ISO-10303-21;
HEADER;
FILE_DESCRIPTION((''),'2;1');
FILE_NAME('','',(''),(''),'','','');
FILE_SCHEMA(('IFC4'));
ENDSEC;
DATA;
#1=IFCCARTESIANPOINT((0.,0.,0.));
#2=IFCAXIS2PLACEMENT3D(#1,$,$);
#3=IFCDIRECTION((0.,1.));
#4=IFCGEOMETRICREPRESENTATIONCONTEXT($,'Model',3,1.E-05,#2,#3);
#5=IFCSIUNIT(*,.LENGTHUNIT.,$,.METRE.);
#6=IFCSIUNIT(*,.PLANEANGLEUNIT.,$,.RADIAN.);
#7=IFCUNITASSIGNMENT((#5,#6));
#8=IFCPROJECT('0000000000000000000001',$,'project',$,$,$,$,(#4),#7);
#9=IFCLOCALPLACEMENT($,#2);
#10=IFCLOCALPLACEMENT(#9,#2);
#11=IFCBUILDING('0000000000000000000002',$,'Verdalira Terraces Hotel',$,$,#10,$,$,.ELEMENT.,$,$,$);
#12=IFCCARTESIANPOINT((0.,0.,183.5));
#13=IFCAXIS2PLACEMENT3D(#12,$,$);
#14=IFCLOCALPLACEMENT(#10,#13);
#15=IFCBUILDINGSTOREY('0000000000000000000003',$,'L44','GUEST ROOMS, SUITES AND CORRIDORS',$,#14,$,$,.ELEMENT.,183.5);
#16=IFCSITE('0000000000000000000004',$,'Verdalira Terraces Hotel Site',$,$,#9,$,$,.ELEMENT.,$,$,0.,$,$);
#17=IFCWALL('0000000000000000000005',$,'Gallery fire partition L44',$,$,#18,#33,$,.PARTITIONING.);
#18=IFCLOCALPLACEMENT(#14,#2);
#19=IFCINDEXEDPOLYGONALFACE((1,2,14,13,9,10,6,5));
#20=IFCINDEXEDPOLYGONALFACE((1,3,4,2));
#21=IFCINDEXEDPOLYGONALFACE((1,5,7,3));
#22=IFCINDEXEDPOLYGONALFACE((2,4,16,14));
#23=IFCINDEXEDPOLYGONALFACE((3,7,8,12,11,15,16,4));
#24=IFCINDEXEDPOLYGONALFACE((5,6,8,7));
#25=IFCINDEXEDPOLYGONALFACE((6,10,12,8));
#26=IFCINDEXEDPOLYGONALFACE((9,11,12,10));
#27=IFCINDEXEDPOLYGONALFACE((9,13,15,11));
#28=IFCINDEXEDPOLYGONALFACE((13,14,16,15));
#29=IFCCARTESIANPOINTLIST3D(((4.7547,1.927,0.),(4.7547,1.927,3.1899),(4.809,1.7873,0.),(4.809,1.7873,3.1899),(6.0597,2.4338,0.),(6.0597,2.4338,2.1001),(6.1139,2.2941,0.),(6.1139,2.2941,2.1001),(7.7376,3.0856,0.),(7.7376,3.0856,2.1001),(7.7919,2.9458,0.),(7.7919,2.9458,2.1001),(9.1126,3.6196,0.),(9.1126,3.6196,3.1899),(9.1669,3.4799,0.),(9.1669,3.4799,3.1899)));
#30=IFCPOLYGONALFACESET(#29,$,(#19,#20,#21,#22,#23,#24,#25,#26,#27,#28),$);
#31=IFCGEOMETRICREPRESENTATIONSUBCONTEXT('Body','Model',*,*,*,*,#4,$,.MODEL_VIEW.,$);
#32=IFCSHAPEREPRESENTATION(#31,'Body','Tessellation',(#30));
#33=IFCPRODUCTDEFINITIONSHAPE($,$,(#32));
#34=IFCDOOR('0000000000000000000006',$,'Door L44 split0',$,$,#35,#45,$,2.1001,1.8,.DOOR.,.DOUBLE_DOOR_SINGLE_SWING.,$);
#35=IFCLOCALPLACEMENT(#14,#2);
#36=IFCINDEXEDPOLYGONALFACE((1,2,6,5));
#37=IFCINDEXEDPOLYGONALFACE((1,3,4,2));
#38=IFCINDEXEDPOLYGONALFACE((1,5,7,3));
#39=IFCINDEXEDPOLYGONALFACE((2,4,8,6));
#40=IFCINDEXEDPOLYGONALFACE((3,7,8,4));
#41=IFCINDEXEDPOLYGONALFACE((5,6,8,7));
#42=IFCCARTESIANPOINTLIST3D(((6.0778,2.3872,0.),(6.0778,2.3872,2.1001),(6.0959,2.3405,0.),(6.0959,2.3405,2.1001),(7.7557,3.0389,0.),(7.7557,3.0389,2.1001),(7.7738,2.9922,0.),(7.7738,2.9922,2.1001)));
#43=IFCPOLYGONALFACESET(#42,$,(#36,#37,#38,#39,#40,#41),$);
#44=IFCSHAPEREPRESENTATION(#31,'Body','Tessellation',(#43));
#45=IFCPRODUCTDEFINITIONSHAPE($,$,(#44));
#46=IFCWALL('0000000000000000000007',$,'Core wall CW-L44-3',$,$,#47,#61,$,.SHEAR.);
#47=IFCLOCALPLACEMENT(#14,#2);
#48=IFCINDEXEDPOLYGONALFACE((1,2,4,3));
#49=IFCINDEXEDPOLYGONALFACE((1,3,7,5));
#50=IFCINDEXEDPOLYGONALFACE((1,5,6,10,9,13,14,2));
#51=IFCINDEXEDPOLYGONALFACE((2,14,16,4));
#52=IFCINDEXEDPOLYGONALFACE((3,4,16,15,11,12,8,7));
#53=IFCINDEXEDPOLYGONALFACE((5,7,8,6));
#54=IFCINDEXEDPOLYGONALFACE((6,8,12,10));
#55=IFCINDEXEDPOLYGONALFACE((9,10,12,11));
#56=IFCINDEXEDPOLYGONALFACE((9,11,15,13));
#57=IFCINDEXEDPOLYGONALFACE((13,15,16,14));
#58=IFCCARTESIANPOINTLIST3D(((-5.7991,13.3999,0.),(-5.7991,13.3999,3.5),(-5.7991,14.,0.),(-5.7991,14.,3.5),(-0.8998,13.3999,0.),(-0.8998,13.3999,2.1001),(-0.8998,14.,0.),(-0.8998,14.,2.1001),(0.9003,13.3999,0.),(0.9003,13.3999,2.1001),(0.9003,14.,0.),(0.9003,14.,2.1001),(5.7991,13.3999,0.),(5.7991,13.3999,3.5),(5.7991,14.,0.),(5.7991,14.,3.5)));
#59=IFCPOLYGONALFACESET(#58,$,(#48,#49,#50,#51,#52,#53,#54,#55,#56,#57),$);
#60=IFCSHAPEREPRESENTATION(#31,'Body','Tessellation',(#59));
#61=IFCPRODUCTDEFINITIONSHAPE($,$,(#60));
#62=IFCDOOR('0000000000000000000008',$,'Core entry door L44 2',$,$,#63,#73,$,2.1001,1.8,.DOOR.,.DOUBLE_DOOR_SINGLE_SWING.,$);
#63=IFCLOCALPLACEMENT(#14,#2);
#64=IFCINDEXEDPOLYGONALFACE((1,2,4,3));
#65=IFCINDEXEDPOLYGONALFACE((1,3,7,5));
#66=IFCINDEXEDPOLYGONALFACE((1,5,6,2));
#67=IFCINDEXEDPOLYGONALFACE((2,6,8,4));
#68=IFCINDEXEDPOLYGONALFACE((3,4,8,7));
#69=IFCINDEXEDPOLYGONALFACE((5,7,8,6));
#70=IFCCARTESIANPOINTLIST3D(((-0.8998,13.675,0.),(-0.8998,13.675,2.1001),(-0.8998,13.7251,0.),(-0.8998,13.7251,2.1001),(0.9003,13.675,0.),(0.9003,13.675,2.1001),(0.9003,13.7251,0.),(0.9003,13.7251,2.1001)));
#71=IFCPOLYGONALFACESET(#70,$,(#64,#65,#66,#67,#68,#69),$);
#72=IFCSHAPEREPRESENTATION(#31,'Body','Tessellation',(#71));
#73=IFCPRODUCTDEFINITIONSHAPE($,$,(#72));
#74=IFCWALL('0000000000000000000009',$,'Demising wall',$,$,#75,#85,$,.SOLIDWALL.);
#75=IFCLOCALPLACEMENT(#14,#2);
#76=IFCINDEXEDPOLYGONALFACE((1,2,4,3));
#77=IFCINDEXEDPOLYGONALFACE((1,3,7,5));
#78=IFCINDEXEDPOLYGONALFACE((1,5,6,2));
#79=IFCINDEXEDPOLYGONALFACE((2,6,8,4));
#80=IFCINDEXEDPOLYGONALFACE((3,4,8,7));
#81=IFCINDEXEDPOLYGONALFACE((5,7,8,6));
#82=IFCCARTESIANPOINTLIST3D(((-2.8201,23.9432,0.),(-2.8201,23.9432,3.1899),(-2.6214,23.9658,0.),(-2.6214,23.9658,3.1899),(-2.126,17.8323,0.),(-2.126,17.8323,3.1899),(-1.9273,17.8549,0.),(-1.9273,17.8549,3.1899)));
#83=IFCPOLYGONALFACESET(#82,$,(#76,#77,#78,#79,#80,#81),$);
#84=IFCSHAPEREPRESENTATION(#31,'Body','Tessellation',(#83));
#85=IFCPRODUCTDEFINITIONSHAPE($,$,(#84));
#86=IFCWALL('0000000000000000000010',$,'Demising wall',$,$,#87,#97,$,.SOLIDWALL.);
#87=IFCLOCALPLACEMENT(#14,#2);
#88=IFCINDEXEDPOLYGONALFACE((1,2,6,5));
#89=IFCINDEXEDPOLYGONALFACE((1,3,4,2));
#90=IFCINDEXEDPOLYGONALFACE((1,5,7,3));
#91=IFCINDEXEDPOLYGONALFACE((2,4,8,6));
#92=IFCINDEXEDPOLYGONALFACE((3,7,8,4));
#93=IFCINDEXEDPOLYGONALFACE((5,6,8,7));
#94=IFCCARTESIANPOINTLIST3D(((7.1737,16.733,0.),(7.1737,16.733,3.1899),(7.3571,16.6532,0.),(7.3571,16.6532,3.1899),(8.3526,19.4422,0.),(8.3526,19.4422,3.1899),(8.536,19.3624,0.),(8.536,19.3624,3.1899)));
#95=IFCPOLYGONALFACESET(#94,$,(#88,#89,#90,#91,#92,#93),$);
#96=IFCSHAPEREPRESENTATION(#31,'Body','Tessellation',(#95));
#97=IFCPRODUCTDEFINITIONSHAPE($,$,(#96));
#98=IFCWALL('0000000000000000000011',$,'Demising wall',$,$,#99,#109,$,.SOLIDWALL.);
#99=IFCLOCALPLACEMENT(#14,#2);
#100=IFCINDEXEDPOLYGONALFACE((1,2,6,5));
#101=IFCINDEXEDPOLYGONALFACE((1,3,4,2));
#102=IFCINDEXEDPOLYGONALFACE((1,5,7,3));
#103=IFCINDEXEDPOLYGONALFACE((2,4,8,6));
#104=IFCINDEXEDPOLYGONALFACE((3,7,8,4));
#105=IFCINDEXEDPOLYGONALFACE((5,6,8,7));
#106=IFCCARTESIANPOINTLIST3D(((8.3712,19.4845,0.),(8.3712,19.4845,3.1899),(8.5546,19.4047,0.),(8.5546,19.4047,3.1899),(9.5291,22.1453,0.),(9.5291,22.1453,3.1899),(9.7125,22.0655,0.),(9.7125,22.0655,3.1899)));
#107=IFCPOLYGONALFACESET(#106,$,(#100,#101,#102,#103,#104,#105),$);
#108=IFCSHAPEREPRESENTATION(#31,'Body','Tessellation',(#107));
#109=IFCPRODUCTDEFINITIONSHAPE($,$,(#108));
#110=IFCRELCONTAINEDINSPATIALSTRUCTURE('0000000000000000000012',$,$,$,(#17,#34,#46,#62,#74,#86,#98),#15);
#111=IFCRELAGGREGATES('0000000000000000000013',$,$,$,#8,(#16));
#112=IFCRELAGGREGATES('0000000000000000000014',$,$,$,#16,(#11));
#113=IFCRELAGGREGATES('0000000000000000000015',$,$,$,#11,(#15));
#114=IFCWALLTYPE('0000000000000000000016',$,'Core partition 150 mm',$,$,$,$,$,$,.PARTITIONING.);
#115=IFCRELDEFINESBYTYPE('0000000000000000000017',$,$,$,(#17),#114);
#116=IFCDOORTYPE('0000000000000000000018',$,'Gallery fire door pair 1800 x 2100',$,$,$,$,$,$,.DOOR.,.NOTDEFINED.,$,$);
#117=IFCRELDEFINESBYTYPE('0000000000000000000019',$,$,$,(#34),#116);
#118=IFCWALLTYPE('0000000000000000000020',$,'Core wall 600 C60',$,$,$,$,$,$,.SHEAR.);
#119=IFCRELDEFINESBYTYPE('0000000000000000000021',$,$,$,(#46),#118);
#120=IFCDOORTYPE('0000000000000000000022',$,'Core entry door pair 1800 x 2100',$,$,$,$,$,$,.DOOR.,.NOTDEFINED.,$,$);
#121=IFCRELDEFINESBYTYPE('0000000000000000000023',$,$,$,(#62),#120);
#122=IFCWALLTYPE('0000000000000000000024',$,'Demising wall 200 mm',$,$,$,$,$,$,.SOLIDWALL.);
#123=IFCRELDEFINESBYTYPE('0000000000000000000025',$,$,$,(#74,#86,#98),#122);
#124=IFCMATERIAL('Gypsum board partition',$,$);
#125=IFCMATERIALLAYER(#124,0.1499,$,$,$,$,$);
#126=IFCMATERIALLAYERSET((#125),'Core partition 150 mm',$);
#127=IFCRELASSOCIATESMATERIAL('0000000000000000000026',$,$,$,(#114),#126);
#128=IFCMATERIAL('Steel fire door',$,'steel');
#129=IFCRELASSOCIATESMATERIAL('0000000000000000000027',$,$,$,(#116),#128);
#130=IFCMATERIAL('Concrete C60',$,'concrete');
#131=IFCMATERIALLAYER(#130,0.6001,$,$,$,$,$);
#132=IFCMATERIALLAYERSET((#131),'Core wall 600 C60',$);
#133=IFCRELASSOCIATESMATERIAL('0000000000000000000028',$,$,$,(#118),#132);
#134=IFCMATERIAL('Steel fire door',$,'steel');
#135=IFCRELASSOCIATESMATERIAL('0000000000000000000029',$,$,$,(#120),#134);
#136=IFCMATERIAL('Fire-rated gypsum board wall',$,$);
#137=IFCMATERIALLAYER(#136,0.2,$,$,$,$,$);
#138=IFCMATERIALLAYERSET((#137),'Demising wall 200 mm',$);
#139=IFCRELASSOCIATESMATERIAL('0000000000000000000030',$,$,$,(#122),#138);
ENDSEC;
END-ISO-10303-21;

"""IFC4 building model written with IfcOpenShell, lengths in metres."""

from ifc_helpers import new_model, si_unit, direction, frame, frame_2d, origin, place, context, subcontext, project, spatial, rectangle, extrude, material, layer, layer_set, type_object, element, fill, save


model = new_model("IFC4")

# Units and contexts
model_context = context("Model", 3, precision=1e-05, world=origin(), true_north=direction((0.0, 1.0)))
body_context = subcontext(model_context, "Body", "Model", "MODEL_VIEW")
ifc_project = project(units=[si_unit("LENGTHUNIT", "METRE"), si_unit("PLANEANGLEUNIT", "RADIAN")], contexts=[model_context])

# Site, building, storey
site_placement = place(None, origin())
site = spatial("IfcSite", under=ifc_project, at=site_placement, Name="Verdalira Terraces Hotel Site", CompositionType="ELEMENT", RefElevation=0.0)
building_placement = place(site_placement, origin())
building = spatial("IfcBuilding", under=site, at=building_placement, Name="Verdalira Terraces Hotel", CompositionType="ELEMENT")
storey_placement = place(building_placement, frame((0.0, 0.0, 183.5)))
storey = spatial("IfcBuildingStorey", under=building, at=storey_placement, Name="L44", Description="GUEST ROOMS, SUITES AND CORRIDORS", CompositionType="ELEMENT", Elevation=183.5)

# Walls, openings, doors
ifc_material_1 = material(Name="Gypsum board partition")
ifc_layer_1 = layer(ifc_material_1, 0.1499)
ifc_layer_set_1 = layer_set([ifc_layer_1], Name="Core partition 150 mm")
wall_type_1 = type_object("IfcWallType", Name="Core partition 150 mm", PredefinedType="PARTITIONING", material=ifc_layer_set_1)
wall_1_placement = place(storey_placement, frame((4.782, 1.8572, 0.0), z_axis=(0.0, 0.0, 1.0), x_axis=(0.932157, 0.362053, 0.0)))
wall_1 = element("IfcWall", 1, at=wall_1_placement, inside=storey, type_object=wall_type_1, Name="Gallery fire partition L44", PredefinedType="PARTITIONING", context=body_context, shape_type="SweptSolid", body=[
    extrude(rectangle(XDim=4.675, YDim=0.1499, at=frame_2d((2.3374, 0.0))), origin(), (0.0, 0.0, 1.0), 3.1899),
])
opening_1_placement = place(wall_1_placement, frame((1.3999, 0.0, 0.0)))
opening_1 = element("IfcOpeningElement", 2, at=opening_1_placement, cuts=wall_1, PredefinedType="OPENING", context=body_context, shape_type="SweptSolid", body=[
    extrude(rectangle(XDim=1.8, YDim=2.1001, at=frame_2d((0.8999, 1.05))), frame((0.0, 0.085, 0.0), z_axis=(0.0, -1.0, 0.0), x_axis=(1.0, 0.0, 0.0)), (0.0, 0.0, 1.0), 0.1699),
])
ifc_material_2 = material(Name="Steel fire door", Category="steel")
door_type_1 = type_object("IfcDoorType", Name="Gallery fire door pair 1800 x 2100", OperationType="NOTDEFINED", PredefinedType="DOOR", material=ifc_material_2)
door_1_placement = place(opening_1_placement, origin())
door_1 = element("IfcDoor", 3, at=door_1_placement, inside=storey, type_object=door_type_1, Name="Door L44 split0", OperationType="DOUBLE_DOOR_SINGLE_SWING", OverallHeight=2.1001, OverallWidth=1.8, PredefinedType="DOOR", context=body_context, shape_type="SweptSolid", body=[
    extrude(rectangle(XDim=1.8, YDim=2.1001, at=frame_2d((0.8999, 1.05))), frame((0.0, 0.0249, 0.0), z_axis=(0.0, -1.0, 0.0), x_axis=(1.0, 0.0, 0.0)), (0.0, 0.0, 1.0), 0.05),
])
fill(opening_1, door_1)
ifc_material_3 = material(Name="Concrete C60", Category="concrete")
ifc_layer_2 = layer(ifc_material_3, 0.6001)
ifc_layer_set_2 = layer_set([ifc_layer_2], Name="Core wall 600 C60")
wall_type_2 = type_object("IfcWallType", Name="Core wall 600 C60", PredefinedType="SHEAR", material=ifc_layer_set_2)
wall_2_placement = place(storey_placement, frame((5.7991, 13.7, 0.0), z_axis=(0.0, 0.0, 1.0), x_axis=(-1.0, 0.0, 0.0)))
wall_2 = element("IfcWall", 4, at=wall_2_placement, inside=storey, type_object=wall_type_2, Name="Core wall CW-L44-3", PredefinedType="SHEAR", context=body_context, shape_type="SweptSolid", body=[
    extrude(rectangle(XDim=11.5981, YDim=0.6001, at=frame_2d((5.7991, 0.0))), origin(), (0.0, 0.0, 1.0), 3.5),
])
opening_2_placement = place(wall_2_placement, frame((4.8989, 0.0, 0.0)))
opening_2 = element("IfcOpeningElement", 5, at=opening_2_placement, cuts=wall_2, PredefinedType="OPENING", context=body_context, shape_type="SweptSolid", body=[
    extrude(rectangle(XDim=1.8, YDim=2.1001, at=frame_2d((0.8999, 1.05))), frame((0.0, 0.3101, 0.0), z_axis=(0.0, -1.0, 0.0), x_axis=(1.0, 0.0, 0.0)), (0.0, 0.0, 1.0), 0.6201),
])
ifc_material_4 = material(Name="Steel fire door", Category="steel")
door_type_2 = type_object("IfcDoorType", Name="Core entry door pair 1800 x 2100", OperationType="NOTDEFINED", PredefinedType="DOOR", material=ifc_material_4)
door_2_placement = place(opening_2_placement, origin())
door_2 = element("IfcDoor", 6, at=door_2_placement, inside=storey, type_object=door_type_2, Name="Core entry door L44 2", OperationType="DOUBLE_DOOR_SINGLE_SWING", OverallHeight=2.1001, OverallWidth=1.8, PredefinedType="DOOR", context=body_context, shape_type="SweptSolid", body=[
    extrude(rectangle(XDim=1.8, YDim=2.1001, at=frame_2d((0.8999, 1.05))), frame((0.0, 0.0249, 0.0), z_axis=(0.0, -1.0, 0.0), x_axis=(1.0, 0.0, 0.0)), (0.0, 0.0, 1.0), 0.05),
])
fill(opening_2, door_2)

# Walls
ifc_material_5 = material(Name="Fire-rated gypsum board wall")
ifc_layer_3 = layer(ifc_material_5, 0.2)
ifc_layer_set_3 = layer_set([ifc_layer_3], Name="Demising wall 200 mm")
wall_type_3 = type_object("IfcWallType", Name="Demising wall 200 mm", PredefinedType="SOLIDWALL", material=ifc_layer_set_3)
wall_3_placement = place(storey_placement, frame((-2.0266, 17.8435, 0.0), z_axis=(0.0, 0.0, 1.0), x_axis=(-0.112858, 0.993611, 0.0)))
element("IfcWall", 7, at=wall_3_placement, inside=storey, type_object=wall_type_3, Name="Demising wall", PredefinedType="SOLIDWALL", context=body_context, shape_type="SweptSolid", body=[
    extrude(rectangle(XDim=6.1501, YDim=0.2, at=frame_2d((3.0752, 0.0))), origin(), (0.0, 0.0, 1.0), 3.1899),
])
wall_4_placement = place(storey_placement, frame((7.2654, 16.6931, 0.0), z_axis=(0.0, 0.0, 1.0), x_axis=(0.399019, 0.916943, 0.0)))
element("IfcWall", 8, at=wall_4_placement, inside=storey, type_object=wall_type_3, Name="Demising wall", PredefinedType="SOLIDWALL", context=body_context, shape_type="SweptSolid", body=[
    extrude(rectangle(XDim=2.9546, YDim=0.2, at=frame_2d((1.4773, 0.0))), origin(), (0.0, 0.0, 1.0), 3.1899),
])
wall_5_placement = place(storey_placement, frame((8.4629, 19.4446, 0.0), z_axis=(0.0, 0.0, 1.0), x_axis=(0.399031, 0.916938, 0.0)))
element("IfcWall", 9, at=wall_5_placement, inside=storey, type_object=wall_type_3, Name="Demising wall", PredefinedType="SOLIDWALL", context=body_context, shape_type="SweptSolid", body=[
    extrude(rectangle(XDim=2.9019, YDim=0.2, at=frame_2d((1.4509, 0.0))), origin(), (0.0, 0.0, 1.0), 3.1899),
])

save(model, "model.ifc")
